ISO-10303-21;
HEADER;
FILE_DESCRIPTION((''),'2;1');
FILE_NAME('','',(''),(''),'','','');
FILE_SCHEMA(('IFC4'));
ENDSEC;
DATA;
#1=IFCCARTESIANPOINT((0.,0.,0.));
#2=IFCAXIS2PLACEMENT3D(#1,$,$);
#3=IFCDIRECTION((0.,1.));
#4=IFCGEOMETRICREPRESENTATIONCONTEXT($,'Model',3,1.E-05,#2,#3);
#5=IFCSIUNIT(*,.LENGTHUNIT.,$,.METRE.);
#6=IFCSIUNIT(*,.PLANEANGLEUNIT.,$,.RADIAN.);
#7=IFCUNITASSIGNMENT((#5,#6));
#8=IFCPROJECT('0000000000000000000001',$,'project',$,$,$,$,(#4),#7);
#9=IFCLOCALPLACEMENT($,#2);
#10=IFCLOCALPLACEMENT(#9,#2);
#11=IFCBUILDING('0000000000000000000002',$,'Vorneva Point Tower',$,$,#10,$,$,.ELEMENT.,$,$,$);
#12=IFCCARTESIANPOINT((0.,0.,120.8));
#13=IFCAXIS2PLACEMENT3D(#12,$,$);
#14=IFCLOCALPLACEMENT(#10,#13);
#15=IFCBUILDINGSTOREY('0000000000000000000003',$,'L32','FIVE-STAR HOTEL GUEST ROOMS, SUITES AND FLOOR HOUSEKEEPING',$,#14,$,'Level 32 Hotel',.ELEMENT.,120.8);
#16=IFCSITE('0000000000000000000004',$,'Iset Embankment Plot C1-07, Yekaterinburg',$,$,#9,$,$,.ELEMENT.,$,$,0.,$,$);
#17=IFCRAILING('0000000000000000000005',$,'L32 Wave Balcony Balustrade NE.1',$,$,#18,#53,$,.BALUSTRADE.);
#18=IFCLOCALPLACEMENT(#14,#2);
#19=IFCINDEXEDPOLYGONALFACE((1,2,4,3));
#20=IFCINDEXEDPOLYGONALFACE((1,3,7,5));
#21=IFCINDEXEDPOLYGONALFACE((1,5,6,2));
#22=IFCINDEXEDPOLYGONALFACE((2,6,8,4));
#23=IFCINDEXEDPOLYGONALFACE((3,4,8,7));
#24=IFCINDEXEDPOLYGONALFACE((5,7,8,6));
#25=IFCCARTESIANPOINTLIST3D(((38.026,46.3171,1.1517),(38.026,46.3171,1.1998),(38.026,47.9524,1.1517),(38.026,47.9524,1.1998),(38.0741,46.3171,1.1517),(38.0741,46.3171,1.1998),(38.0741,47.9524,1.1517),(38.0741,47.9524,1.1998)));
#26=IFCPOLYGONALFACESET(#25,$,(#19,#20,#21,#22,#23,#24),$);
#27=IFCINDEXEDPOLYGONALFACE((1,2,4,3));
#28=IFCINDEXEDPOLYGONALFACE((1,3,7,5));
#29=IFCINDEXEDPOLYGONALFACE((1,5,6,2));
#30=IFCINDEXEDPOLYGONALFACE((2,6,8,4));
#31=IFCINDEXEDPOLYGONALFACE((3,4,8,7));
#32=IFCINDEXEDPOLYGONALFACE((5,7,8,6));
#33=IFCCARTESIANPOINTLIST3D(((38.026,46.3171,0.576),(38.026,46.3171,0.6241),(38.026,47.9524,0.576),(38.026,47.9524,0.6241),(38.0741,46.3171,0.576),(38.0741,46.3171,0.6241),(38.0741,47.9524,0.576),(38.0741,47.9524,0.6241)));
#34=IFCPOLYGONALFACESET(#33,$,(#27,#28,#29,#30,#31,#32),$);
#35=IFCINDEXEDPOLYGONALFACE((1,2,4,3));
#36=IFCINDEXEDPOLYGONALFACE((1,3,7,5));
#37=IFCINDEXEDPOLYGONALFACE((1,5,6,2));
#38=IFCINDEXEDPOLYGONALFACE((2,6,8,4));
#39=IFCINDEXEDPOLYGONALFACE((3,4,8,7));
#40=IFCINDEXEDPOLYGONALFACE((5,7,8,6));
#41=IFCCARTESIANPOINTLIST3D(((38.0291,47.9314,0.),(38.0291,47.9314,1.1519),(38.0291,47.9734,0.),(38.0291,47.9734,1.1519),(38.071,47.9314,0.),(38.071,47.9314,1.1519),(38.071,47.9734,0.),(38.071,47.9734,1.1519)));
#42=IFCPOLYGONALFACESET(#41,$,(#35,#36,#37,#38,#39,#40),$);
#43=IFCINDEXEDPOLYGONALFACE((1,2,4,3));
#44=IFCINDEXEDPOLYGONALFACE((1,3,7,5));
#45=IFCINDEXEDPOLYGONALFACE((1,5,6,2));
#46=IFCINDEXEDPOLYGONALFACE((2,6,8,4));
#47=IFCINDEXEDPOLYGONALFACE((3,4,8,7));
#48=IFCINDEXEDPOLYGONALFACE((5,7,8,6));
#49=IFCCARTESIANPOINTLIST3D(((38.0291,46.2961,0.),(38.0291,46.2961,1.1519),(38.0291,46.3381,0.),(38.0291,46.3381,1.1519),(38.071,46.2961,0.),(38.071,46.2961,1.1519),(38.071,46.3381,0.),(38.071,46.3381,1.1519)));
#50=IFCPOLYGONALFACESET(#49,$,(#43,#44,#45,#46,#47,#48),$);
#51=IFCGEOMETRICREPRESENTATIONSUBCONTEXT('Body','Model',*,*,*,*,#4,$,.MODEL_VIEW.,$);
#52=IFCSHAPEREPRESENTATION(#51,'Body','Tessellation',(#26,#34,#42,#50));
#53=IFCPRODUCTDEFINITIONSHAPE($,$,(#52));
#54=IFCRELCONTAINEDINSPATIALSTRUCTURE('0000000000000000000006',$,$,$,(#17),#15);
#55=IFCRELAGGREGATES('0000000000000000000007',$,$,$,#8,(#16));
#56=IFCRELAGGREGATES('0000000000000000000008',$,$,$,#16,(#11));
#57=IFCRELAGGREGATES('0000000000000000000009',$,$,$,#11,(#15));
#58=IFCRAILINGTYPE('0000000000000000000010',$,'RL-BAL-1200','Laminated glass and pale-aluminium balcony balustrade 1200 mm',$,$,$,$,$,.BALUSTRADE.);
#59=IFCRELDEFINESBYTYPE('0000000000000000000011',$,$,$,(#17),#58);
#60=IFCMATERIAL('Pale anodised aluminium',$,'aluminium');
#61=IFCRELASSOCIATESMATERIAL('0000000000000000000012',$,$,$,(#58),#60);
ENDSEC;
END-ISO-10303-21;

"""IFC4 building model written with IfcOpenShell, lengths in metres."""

from ifc_helpers import new_model, si_unit, direction, frame, origin, origin_2d, place, context, subcontext, project, spatial, rectangle, extrude, material, type_object, element, save


model = new_model("IFC4")

# Units and contexts
model_context = context("Model", 3, precision=1e-05, world=origin(), true_north=direction((0.0, 1.0)))
body_context = subcontext(model_context, "Body", "Model", "MODEL_VIEW")
ifc_project = project(units=[si_unit("LENGTHUNIT", "METRE"), si_unit("PLANEANGLEUNIT", "RADIAN")], contexts=[model_context])

# Site, building, storey
site_placement = place(None, origin())
site = spatial("IfcSite", under=ifc_project, at=site_placement, Name="Iset Embankment Plot C1-07, Yekaterinburg", CompositionType="ELEMENT", RefElevation=0.0)
building_placement = place(site_placement, origin())
building = spatial("IfcBuilding", under=site, at=building_placement, Name="Vorneva Point Tower", CompositionType="ELEMENT")
storey_placement = place(building_placement, frame((0.0, 0.0, 120.8)))
storey = spatial("IfcBuildingStorey", under=building, at=storey_placement, Name="L32", Description="FIVE-STAR HOTEL GUEST ROOMS, SUITES AND FLOOR HOUSEKEEPING", LongName="Level 32 Hotel", CompositionType="ELEMENT", Elevation=120.8)

# Shared definitions
ifc_material_1 = material(Name="Pale anodised aluminium", Category="aluminium")

# Railing
railing_type = type_object("IfcRailingType", Name="RL-BAL-1200", Description="Laminated glass and pale-aluminium balcony balustrade 1200 mm", PredefinedType="BALUSTRADE", material=ifc_material_1)
railing_placement = place(storey_placement, frame((38.05, 47.9524, 0.0)))
element("IfcRailing", 1, at=railing_placement, inside=storey, type_object=railing_type, Name="L32 Wave Balcony Balustrade NE.1", PredefinedType="BALUSTRADE", context=body_context, shape_type="SweptSolid", body=[
    extrude(rectangle(XDim=0.0481, YDim=0.0481, at=origin_2d()), frame((0.0, 0.0, 1.1758), z_axis=(0.0, -1.0, 0.0), x_axis=(1.0, 0.0, 0.0)), (0.0, 0.0, 1.0), 1.6353),
    extrude(rectangle(XDim=0.0481, YDim=0.0481, at=origin_2d()), frame((0.0, 0.0, 0.6001), z_axis=(0.0, -1.0, 0.0), x_axis=(1.0, 0.0, 0.0)), (0.0, 0.0, 1.0), 1.6353),
    extrude(rectangle(XDim=0.042, YDim=0.042, at=origin_2d()), origin(), (0.0, 0.0, 1.0), 1.1519),
    extrude(rectangle(XDim=0.042, YDim=0.042, at=origin_2d()), frame((0.0, -1.6353, 0.0)), (0.0, 0.0, 1.0), 1.1519),
])

save(model, "model.ifc")
